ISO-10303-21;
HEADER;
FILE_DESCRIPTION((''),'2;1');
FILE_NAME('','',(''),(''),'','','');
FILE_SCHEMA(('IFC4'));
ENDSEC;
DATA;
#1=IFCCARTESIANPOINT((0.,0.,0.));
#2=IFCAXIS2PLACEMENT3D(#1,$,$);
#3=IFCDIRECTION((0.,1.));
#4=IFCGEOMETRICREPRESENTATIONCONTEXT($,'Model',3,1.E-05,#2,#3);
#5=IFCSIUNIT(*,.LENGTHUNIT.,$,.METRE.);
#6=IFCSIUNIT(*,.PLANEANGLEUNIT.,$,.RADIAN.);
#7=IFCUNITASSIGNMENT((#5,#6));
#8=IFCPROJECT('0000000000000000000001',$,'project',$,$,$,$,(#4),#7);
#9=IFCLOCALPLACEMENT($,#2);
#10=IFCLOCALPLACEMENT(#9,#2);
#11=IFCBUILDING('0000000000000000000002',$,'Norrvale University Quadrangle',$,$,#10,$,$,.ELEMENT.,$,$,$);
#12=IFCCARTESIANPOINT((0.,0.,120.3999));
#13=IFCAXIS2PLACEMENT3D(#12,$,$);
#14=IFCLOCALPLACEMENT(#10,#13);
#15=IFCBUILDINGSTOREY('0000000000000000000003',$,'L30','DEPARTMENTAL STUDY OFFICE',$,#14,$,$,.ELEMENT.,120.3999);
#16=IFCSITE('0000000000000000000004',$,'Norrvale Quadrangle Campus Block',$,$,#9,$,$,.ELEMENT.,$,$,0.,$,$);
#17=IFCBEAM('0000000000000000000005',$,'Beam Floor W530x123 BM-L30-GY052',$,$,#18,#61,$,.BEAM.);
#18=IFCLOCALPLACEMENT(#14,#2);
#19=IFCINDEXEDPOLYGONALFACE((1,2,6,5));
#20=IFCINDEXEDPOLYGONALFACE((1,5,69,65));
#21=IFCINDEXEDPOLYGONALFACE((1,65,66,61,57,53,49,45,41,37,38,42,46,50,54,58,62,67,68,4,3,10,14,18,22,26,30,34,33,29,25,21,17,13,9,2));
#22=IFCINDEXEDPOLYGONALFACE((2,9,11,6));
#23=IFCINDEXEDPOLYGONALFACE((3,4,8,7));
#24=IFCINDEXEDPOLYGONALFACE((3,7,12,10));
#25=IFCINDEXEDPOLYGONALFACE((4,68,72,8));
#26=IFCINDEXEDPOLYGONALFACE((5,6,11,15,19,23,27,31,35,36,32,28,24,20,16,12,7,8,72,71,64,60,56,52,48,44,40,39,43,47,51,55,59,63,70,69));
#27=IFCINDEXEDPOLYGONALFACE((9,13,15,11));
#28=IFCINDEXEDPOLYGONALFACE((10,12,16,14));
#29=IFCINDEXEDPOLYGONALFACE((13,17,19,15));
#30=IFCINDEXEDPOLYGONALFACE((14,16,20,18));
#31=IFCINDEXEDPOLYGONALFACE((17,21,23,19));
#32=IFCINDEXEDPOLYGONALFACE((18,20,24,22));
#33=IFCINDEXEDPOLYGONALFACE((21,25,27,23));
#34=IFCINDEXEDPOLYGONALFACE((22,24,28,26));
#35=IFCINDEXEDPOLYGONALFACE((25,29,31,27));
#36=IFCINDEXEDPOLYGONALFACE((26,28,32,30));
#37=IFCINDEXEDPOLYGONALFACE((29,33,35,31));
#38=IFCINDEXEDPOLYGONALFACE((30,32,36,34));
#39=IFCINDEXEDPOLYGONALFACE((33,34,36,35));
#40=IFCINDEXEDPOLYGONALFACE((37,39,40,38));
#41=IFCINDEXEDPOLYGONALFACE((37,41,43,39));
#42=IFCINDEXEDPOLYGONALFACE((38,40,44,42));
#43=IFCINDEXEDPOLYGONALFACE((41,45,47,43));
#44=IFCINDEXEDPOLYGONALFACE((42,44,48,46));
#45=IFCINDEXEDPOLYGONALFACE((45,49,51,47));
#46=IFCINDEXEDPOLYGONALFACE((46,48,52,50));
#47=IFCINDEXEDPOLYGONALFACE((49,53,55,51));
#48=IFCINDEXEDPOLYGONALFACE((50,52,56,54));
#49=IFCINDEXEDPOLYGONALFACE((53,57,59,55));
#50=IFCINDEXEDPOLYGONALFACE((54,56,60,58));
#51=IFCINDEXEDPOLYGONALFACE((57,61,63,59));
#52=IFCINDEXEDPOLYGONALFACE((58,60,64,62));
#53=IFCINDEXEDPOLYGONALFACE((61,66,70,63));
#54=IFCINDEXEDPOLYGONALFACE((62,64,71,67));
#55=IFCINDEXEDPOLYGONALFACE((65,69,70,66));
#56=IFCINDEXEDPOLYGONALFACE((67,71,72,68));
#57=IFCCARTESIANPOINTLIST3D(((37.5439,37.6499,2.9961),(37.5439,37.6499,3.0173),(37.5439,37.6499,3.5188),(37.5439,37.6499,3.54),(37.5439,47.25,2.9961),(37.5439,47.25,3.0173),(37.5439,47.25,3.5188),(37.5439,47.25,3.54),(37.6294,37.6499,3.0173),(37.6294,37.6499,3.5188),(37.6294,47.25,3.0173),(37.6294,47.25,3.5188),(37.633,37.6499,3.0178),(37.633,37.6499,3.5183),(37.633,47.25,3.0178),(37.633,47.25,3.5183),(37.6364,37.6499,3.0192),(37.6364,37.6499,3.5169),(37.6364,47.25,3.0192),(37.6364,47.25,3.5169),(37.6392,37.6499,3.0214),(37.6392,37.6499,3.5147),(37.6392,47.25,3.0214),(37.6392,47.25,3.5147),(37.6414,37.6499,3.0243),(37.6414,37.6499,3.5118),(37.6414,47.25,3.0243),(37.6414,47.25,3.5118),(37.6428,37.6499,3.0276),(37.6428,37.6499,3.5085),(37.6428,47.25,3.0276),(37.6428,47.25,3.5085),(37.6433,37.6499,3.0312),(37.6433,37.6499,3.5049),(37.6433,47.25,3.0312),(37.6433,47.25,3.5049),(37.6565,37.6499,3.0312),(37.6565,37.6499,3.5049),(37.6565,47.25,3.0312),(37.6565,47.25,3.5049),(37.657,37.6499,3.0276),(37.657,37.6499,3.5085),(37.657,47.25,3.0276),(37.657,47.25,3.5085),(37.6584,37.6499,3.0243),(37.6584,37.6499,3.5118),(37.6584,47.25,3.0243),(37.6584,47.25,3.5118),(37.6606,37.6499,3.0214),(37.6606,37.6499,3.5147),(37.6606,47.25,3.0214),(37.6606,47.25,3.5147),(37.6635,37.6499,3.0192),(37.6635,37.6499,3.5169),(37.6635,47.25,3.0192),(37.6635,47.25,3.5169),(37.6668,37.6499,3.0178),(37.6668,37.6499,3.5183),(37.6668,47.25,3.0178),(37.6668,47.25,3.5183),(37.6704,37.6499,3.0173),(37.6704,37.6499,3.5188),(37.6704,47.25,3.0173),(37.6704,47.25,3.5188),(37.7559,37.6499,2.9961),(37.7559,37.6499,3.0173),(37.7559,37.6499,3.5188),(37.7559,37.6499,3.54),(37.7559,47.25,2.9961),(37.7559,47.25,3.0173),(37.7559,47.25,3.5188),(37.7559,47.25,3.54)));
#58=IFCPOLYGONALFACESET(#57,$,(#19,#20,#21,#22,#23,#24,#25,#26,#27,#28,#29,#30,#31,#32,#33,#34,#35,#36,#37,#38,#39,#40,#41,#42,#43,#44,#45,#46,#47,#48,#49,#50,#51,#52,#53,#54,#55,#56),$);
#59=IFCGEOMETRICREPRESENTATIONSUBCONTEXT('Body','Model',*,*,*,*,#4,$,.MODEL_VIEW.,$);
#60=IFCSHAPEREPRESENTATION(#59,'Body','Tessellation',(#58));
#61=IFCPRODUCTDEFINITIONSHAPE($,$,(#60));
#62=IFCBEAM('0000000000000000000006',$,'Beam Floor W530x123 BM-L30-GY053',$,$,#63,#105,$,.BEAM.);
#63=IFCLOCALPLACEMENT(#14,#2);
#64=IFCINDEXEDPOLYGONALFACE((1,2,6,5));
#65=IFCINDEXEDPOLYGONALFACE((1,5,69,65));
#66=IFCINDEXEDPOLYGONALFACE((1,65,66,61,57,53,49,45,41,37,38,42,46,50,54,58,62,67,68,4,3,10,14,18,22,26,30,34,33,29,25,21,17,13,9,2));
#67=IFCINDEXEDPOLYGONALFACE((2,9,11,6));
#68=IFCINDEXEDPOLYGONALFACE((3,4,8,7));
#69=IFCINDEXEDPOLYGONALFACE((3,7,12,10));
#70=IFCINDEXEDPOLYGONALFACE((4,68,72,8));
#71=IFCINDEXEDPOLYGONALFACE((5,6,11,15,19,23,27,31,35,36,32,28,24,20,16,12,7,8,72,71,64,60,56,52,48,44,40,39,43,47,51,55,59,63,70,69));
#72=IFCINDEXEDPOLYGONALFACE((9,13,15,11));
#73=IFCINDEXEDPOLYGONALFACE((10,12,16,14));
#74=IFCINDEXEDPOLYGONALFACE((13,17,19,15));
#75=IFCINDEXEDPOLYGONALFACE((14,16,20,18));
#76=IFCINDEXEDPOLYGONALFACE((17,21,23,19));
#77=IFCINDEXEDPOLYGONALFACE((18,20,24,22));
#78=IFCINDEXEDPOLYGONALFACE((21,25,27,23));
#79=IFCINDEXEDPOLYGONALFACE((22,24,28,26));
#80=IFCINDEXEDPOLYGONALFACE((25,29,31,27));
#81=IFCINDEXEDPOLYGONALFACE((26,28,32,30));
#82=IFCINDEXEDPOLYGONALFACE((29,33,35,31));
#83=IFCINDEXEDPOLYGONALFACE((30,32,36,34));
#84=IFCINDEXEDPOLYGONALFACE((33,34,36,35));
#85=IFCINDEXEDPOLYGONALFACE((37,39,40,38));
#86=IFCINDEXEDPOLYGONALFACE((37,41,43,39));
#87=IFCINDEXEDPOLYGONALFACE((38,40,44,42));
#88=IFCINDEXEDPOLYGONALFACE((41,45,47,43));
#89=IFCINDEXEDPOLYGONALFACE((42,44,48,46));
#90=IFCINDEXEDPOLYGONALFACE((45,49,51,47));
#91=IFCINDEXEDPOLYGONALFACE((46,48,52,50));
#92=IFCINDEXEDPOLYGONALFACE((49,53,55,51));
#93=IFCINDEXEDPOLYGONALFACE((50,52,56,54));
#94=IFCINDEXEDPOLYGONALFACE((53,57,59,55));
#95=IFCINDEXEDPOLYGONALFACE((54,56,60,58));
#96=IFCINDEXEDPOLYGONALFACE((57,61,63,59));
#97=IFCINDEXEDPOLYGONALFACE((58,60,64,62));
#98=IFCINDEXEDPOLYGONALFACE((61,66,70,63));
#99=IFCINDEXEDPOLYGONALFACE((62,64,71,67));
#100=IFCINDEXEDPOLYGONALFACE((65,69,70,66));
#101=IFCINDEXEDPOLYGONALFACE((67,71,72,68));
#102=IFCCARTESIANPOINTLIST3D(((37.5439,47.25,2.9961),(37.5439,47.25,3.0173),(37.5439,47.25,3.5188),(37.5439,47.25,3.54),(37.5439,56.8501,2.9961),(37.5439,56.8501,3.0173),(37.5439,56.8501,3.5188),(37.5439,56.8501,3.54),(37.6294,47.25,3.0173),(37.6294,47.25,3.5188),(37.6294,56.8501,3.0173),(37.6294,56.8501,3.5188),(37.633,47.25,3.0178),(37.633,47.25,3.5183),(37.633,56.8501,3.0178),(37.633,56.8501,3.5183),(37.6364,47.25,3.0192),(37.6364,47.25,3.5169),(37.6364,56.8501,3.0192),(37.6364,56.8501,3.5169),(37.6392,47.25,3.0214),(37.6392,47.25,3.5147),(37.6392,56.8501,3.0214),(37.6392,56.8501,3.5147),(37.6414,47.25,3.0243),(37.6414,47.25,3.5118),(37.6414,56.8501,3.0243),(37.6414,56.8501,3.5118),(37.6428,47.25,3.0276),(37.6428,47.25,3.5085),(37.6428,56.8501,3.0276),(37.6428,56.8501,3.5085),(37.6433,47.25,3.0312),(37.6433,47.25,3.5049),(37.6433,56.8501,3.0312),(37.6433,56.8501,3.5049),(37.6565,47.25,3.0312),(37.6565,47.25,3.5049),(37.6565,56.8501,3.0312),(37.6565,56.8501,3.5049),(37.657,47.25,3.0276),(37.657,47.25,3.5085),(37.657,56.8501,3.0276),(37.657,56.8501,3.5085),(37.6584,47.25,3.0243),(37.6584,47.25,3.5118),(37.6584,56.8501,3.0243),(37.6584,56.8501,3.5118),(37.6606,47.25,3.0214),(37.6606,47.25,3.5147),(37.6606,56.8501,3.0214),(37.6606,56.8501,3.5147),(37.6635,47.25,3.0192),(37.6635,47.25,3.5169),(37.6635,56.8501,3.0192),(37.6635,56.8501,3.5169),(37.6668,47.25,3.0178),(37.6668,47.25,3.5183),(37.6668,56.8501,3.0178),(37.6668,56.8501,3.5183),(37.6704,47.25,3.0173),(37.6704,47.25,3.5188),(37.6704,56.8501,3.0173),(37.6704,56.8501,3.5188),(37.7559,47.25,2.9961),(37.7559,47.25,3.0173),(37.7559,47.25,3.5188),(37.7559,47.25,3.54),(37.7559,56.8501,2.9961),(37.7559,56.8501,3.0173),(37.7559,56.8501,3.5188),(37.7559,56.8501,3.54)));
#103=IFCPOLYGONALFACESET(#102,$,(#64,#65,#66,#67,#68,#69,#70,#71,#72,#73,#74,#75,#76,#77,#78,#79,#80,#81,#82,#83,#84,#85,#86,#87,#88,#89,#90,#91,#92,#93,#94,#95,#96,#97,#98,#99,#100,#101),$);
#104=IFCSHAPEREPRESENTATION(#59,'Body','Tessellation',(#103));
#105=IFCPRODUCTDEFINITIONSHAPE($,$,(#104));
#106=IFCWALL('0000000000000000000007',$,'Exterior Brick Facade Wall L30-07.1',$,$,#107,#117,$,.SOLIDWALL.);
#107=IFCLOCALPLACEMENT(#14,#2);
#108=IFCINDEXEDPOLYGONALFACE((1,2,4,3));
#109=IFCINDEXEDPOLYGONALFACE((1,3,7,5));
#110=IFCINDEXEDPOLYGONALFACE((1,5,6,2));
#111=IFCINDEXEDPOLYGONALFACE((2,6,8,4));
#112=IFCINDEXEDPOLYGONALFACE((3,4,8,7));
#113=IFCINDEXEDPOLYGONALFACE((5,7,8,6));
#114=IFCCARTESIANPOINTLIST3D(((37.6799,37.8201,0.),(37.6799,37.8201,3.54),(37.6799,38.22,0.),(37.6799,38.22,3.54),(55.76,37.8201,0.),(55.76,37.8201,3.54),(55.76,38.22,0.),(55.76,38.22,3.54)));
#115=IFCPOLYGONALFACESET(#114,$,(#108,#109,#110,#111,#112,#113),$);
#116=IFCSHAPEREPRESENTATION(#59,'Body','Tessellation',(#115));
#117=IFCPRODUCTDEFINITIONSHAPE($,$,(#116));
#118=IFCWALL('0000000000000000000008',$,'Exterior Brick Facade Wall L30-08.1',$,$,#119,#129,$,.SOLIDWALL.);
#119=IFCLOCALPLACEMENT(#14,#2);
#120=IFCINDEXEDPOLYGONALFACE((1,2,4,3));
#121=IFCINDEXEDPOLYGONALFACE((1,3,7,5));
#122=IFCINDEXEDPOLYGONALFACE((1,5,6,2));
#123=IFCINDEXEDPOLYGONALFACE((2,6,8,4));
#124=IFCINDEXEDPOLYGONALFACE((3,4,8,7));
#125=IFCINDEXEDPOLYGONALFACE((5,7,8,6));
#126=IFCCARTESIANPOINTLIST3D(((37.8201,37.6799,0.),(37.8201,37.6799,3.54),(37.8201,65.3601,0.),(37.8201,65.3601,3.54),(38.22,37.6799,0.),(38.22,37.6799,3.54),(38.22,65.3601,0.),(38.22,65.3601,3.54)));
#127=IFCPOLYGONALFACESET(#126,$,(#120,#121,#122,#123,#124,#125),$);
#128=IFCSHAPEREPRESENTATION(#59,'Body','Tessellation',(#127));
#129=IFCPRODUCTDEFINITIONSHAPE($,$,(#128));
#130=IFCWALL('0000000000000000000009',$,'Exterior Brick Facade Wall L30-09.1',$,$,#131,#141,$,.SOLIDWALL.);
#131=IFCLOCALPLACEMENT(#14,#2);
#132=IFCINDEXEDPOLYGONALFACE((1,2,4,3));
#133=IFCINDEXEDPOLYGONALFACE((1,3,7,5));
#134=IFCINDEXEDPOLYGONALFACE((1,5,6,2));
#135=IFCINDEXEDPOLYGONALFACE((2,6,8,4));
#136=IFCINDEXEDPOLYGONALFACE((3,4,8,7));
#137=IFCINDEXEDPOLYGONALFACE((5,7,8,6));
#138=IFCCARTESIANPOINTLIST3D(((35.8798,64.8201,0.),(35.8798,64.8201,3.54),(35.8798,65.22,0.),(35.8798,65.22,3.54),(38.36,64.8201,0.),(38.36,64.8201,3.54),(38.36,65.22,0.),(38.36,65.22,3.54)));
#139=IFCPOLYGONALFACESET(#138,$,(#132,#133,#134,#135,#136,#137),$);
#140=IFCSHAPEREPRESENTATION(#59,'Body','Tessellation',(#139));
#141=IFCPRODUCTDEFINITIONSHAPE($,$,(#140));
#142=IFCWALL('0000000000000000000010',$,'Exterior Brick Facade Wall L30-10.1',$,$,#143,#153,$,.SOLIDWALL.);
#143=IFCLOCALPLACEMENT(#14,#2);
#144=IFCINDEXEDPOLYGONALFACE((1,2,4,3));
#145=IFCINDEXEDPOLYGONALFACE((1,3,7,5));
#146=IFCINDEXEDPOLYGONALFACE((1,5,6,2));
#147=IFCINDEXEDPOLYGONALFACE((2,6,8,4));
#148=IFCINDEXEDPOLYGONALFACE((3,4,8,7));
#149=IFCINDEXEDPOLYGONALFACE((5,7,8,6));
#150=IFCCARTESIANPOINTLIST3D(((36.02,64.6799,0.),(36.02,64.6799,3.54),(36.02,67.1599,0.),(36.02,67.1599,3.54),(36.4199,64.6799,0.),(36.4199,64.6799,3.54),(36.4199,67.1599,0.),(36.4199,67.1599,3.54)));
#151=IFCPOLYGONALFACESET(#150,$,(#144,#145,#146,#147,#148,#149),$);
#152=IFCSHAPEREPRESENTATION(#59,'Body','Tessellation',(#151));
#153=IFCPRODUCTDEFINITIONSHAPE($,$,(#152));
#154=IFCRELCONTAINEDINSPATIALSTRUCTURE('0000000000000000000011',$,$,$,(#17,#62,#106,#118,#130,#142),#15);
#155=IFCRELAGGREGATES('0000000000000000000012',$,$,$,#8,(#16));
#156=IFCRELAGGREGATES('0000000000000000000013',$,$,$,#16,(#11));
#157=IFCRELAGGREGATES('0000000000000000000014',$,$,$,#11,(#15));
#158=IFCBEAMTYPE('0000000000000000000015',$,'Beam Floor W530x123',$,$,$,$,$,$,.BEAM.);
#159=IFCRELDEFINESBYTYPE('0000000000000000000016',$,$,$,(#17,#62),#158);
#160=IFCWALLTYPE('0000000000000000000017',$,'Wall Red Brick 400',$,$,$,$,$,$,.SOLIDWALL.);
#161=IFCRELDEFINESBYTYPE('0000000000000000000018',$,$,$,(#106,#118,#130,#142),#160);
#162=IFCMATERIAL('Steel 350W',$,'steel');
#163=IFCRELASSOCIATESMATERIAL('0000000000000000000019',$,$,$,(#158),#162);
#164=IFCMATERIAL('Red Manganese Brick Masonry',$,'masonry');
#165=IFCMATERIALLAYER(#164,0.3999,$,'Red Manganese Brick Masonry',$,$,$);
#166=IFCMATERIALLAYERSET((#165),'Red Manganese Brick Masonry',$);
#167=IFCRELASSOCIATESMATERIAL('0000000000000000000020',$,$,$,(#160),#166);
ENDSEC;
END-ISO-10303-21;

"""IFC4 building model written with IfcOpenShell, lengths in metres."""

from ifc_helpers import new_model, si_unit, direction, frame, frame_2d, origin, origin_2d, place, context, subcontext, project, spatial, rectangle, i_section, extrude, material, layer, layer_set, material_profile, profile_set, type_object, element, save


model = new_model("IFC4")

# Units and contexts
model_context = context("Model", 3, precision=1e-05, world=origin(), true_north=direction((0.0, 1.0)))
body_context = subcontext(model_context, "Body", "Model", "MODEL_VIEW")
ifc_project = project(units=[si_unit("LENGTHUNIT", "METRE"), si_unit("PLANEANGLEUNIT", "RADIAN")], contexts=[model_context])

# Site, building, storey
site_placement = place(None, origin())
site = spatial("IfcSite", under=ifc_project, at=site_placement, Name="Norrvale Quadrangle Campus Block", CompositionType="ELEMENT", RefElevation=0.0)
building_placement = place(site_placement, origin())
building = spatial("IfcBuilding", under=site, at=building_placement, Name="Norrvale University Quadrangle", CompositionType="ELEMENT")
storey_placement = place(building_placement, frame((0.0, 0.0, 120.3999)))
storey = spatial("IfcBuildingStorey", under=building, at=storey_placement, Name="L30", Description="DEPARTMENTAL STUDY OFFICE", CompositionType="ELEMENT", Elevation=120.3999)

# Beams
ifc_material_1 = material(Name="Steel 350W", Category="steel")
ifc_material_profile_1 = material_profile(ifc_material_1, i_section(OverallWidth=0.2119, OverallDepth=0.5439, WebThickness=0.0132, FlangeThickness=0.0212, FilletRadius=0.0139, at=origin_2d()), Name="Steel 350W")
ifc_profile_set_1 = profile_set([ifc_material_profile_1], Name="Steel 350W")
beam_type_1 = type_object("IfcBeamType", Name="Beam Floor W530x123", PredefinedType="BEAM", material=ifc_profile_set_1)
for number, where, z_axis, x_axis, name in (
    (1, (37.6499, 37.6499, 3.2681), (0.0, 1.0, 0.0), (-1.0, 0.0, 0.0), "Beam Floor W530x123 BM-L30-GY052"),
    (2, (37.6499, 47.25, 3.2681), (0.0, 1.0, 0.0), (-1.0, 0.0, 0.0), "Beam Floor W530x123 BM-L30-GY053"),
):
    element("IfcBeam", number, at=place(storey_placement, frame(where, z_axis=z_axis, x_axis=x_axis)), inside=storey, type_object=beam_type_1, Name=name, PredefinedType="BEAM", context=body_context, shape_type="SweptSolid", body=[
        extrude(i_section(OverallWidth=0.2119, OverallDepth=0.5439, WebThickness=0.0132, FlangeThickness=0.0212, FilletRadius=0.0139, at=origin_2d()), origin(), (0.0, 0.0, 1.0), 9.6001),
    ])

# Walls
ifc_material_2 = material(Name="Red Manganese Brick Masonry", Category="masonry")
ifc_layer = layer(ifc_material_2, 0.3999, Name="Red Manganese Brick Masonry")
ifc_layer_set = layer_set([ifc_layer], Name="Red Manganese Brick Masonry")
wall_type = type_object("IfcWallType", Name="Wall Red Brick 400", PredefinedType="SOLIDWALL", material=ifc_layer_set)
wall_1_placement = place(storey_placement, frame((55.76, 38.02, 0.0), z_axis=(0.0, 0.0, 1.0), x_axis=(-1.0, 0.0, 0.0)))
element("IfcWall", 3, at=wall_1_placement, inside=storey, type_object=wall_type, Name="Exterior Brick Facade Wall L30-07.1", PredefinedType="SOLIDWALL", context=body_context, shape_type="SweptSolid", body=[
    extrude(rectangle(XDim=18.0801, YDim=0.3999, at=frame_2d((9.04, 0.0))), origin(), (0.0, 0.0, 1.0), 3.54),
])
wall_2_placement = place(storey_placement, frame((38.02, 37.6799, 0.0), z_axis=(0.0, 0.0, 1.0), x_axis=(0.0, 1.0, 0.0)))
element("IfcWall", 4, at=wall_2_placement, inside=storey, type_object=wall_type, Name="Exterior Brick Facade Wall L30-08.1", PredefinedType="SOLIDWALL", context=body_context, shape_type="SweptSolid", body=[
    extrude(rectangle(XDim=27.6802, YDim=0.3999, at=frame_2d((13.8401, 0.0))), origin(), (0.0, 0.0, 1.0), 3.54),
])
wall_3_placement = place(storey_placement, frame((38.3601, 65.02, 0.0), z_axis=(0.0, 0.0, 1.0), x_axis=(-1.0, 0.0, 0.0)))
element("IfcWall", 5, at=wall_3_placement, inside=storey, type_object=wall_type, Name="Exterior Brick Facade Wall L30-09.1", PredefinedType="SOLIDWALL", context=body_context, shape_type="SweptSolid", body=[
    extrude(rectangle(XDim=2.4802, YDim=0.3999, at=frame_2d((1.2402, 0.0))), origin(), (0.0, 0.0, 1.0), 3.54),
])
wall_4_placement = place(storey_placement, frame((36.22, 64.6799, 0.0), z_axis=(0.0, 0.0, 1.0), x_axis=(0.0, 1.0, 0.0)))
element("IfcWall", 6, at=wall_4_placement, inside=storey, type_object=wall_type, Name="Exterior Brick Facade Wall L30-10.1", PredefinedType="SOLIDWALL", context=body_context, shape_type="SweptSolid", body=[
    extrude(rectangle(XDim=2.48, YDim=0.3999, at=frame_2d((1.24, 0.0))), origin(), (0.0, 0.0, 1.0), 3.54),
])

save(model, "model.ifc")
